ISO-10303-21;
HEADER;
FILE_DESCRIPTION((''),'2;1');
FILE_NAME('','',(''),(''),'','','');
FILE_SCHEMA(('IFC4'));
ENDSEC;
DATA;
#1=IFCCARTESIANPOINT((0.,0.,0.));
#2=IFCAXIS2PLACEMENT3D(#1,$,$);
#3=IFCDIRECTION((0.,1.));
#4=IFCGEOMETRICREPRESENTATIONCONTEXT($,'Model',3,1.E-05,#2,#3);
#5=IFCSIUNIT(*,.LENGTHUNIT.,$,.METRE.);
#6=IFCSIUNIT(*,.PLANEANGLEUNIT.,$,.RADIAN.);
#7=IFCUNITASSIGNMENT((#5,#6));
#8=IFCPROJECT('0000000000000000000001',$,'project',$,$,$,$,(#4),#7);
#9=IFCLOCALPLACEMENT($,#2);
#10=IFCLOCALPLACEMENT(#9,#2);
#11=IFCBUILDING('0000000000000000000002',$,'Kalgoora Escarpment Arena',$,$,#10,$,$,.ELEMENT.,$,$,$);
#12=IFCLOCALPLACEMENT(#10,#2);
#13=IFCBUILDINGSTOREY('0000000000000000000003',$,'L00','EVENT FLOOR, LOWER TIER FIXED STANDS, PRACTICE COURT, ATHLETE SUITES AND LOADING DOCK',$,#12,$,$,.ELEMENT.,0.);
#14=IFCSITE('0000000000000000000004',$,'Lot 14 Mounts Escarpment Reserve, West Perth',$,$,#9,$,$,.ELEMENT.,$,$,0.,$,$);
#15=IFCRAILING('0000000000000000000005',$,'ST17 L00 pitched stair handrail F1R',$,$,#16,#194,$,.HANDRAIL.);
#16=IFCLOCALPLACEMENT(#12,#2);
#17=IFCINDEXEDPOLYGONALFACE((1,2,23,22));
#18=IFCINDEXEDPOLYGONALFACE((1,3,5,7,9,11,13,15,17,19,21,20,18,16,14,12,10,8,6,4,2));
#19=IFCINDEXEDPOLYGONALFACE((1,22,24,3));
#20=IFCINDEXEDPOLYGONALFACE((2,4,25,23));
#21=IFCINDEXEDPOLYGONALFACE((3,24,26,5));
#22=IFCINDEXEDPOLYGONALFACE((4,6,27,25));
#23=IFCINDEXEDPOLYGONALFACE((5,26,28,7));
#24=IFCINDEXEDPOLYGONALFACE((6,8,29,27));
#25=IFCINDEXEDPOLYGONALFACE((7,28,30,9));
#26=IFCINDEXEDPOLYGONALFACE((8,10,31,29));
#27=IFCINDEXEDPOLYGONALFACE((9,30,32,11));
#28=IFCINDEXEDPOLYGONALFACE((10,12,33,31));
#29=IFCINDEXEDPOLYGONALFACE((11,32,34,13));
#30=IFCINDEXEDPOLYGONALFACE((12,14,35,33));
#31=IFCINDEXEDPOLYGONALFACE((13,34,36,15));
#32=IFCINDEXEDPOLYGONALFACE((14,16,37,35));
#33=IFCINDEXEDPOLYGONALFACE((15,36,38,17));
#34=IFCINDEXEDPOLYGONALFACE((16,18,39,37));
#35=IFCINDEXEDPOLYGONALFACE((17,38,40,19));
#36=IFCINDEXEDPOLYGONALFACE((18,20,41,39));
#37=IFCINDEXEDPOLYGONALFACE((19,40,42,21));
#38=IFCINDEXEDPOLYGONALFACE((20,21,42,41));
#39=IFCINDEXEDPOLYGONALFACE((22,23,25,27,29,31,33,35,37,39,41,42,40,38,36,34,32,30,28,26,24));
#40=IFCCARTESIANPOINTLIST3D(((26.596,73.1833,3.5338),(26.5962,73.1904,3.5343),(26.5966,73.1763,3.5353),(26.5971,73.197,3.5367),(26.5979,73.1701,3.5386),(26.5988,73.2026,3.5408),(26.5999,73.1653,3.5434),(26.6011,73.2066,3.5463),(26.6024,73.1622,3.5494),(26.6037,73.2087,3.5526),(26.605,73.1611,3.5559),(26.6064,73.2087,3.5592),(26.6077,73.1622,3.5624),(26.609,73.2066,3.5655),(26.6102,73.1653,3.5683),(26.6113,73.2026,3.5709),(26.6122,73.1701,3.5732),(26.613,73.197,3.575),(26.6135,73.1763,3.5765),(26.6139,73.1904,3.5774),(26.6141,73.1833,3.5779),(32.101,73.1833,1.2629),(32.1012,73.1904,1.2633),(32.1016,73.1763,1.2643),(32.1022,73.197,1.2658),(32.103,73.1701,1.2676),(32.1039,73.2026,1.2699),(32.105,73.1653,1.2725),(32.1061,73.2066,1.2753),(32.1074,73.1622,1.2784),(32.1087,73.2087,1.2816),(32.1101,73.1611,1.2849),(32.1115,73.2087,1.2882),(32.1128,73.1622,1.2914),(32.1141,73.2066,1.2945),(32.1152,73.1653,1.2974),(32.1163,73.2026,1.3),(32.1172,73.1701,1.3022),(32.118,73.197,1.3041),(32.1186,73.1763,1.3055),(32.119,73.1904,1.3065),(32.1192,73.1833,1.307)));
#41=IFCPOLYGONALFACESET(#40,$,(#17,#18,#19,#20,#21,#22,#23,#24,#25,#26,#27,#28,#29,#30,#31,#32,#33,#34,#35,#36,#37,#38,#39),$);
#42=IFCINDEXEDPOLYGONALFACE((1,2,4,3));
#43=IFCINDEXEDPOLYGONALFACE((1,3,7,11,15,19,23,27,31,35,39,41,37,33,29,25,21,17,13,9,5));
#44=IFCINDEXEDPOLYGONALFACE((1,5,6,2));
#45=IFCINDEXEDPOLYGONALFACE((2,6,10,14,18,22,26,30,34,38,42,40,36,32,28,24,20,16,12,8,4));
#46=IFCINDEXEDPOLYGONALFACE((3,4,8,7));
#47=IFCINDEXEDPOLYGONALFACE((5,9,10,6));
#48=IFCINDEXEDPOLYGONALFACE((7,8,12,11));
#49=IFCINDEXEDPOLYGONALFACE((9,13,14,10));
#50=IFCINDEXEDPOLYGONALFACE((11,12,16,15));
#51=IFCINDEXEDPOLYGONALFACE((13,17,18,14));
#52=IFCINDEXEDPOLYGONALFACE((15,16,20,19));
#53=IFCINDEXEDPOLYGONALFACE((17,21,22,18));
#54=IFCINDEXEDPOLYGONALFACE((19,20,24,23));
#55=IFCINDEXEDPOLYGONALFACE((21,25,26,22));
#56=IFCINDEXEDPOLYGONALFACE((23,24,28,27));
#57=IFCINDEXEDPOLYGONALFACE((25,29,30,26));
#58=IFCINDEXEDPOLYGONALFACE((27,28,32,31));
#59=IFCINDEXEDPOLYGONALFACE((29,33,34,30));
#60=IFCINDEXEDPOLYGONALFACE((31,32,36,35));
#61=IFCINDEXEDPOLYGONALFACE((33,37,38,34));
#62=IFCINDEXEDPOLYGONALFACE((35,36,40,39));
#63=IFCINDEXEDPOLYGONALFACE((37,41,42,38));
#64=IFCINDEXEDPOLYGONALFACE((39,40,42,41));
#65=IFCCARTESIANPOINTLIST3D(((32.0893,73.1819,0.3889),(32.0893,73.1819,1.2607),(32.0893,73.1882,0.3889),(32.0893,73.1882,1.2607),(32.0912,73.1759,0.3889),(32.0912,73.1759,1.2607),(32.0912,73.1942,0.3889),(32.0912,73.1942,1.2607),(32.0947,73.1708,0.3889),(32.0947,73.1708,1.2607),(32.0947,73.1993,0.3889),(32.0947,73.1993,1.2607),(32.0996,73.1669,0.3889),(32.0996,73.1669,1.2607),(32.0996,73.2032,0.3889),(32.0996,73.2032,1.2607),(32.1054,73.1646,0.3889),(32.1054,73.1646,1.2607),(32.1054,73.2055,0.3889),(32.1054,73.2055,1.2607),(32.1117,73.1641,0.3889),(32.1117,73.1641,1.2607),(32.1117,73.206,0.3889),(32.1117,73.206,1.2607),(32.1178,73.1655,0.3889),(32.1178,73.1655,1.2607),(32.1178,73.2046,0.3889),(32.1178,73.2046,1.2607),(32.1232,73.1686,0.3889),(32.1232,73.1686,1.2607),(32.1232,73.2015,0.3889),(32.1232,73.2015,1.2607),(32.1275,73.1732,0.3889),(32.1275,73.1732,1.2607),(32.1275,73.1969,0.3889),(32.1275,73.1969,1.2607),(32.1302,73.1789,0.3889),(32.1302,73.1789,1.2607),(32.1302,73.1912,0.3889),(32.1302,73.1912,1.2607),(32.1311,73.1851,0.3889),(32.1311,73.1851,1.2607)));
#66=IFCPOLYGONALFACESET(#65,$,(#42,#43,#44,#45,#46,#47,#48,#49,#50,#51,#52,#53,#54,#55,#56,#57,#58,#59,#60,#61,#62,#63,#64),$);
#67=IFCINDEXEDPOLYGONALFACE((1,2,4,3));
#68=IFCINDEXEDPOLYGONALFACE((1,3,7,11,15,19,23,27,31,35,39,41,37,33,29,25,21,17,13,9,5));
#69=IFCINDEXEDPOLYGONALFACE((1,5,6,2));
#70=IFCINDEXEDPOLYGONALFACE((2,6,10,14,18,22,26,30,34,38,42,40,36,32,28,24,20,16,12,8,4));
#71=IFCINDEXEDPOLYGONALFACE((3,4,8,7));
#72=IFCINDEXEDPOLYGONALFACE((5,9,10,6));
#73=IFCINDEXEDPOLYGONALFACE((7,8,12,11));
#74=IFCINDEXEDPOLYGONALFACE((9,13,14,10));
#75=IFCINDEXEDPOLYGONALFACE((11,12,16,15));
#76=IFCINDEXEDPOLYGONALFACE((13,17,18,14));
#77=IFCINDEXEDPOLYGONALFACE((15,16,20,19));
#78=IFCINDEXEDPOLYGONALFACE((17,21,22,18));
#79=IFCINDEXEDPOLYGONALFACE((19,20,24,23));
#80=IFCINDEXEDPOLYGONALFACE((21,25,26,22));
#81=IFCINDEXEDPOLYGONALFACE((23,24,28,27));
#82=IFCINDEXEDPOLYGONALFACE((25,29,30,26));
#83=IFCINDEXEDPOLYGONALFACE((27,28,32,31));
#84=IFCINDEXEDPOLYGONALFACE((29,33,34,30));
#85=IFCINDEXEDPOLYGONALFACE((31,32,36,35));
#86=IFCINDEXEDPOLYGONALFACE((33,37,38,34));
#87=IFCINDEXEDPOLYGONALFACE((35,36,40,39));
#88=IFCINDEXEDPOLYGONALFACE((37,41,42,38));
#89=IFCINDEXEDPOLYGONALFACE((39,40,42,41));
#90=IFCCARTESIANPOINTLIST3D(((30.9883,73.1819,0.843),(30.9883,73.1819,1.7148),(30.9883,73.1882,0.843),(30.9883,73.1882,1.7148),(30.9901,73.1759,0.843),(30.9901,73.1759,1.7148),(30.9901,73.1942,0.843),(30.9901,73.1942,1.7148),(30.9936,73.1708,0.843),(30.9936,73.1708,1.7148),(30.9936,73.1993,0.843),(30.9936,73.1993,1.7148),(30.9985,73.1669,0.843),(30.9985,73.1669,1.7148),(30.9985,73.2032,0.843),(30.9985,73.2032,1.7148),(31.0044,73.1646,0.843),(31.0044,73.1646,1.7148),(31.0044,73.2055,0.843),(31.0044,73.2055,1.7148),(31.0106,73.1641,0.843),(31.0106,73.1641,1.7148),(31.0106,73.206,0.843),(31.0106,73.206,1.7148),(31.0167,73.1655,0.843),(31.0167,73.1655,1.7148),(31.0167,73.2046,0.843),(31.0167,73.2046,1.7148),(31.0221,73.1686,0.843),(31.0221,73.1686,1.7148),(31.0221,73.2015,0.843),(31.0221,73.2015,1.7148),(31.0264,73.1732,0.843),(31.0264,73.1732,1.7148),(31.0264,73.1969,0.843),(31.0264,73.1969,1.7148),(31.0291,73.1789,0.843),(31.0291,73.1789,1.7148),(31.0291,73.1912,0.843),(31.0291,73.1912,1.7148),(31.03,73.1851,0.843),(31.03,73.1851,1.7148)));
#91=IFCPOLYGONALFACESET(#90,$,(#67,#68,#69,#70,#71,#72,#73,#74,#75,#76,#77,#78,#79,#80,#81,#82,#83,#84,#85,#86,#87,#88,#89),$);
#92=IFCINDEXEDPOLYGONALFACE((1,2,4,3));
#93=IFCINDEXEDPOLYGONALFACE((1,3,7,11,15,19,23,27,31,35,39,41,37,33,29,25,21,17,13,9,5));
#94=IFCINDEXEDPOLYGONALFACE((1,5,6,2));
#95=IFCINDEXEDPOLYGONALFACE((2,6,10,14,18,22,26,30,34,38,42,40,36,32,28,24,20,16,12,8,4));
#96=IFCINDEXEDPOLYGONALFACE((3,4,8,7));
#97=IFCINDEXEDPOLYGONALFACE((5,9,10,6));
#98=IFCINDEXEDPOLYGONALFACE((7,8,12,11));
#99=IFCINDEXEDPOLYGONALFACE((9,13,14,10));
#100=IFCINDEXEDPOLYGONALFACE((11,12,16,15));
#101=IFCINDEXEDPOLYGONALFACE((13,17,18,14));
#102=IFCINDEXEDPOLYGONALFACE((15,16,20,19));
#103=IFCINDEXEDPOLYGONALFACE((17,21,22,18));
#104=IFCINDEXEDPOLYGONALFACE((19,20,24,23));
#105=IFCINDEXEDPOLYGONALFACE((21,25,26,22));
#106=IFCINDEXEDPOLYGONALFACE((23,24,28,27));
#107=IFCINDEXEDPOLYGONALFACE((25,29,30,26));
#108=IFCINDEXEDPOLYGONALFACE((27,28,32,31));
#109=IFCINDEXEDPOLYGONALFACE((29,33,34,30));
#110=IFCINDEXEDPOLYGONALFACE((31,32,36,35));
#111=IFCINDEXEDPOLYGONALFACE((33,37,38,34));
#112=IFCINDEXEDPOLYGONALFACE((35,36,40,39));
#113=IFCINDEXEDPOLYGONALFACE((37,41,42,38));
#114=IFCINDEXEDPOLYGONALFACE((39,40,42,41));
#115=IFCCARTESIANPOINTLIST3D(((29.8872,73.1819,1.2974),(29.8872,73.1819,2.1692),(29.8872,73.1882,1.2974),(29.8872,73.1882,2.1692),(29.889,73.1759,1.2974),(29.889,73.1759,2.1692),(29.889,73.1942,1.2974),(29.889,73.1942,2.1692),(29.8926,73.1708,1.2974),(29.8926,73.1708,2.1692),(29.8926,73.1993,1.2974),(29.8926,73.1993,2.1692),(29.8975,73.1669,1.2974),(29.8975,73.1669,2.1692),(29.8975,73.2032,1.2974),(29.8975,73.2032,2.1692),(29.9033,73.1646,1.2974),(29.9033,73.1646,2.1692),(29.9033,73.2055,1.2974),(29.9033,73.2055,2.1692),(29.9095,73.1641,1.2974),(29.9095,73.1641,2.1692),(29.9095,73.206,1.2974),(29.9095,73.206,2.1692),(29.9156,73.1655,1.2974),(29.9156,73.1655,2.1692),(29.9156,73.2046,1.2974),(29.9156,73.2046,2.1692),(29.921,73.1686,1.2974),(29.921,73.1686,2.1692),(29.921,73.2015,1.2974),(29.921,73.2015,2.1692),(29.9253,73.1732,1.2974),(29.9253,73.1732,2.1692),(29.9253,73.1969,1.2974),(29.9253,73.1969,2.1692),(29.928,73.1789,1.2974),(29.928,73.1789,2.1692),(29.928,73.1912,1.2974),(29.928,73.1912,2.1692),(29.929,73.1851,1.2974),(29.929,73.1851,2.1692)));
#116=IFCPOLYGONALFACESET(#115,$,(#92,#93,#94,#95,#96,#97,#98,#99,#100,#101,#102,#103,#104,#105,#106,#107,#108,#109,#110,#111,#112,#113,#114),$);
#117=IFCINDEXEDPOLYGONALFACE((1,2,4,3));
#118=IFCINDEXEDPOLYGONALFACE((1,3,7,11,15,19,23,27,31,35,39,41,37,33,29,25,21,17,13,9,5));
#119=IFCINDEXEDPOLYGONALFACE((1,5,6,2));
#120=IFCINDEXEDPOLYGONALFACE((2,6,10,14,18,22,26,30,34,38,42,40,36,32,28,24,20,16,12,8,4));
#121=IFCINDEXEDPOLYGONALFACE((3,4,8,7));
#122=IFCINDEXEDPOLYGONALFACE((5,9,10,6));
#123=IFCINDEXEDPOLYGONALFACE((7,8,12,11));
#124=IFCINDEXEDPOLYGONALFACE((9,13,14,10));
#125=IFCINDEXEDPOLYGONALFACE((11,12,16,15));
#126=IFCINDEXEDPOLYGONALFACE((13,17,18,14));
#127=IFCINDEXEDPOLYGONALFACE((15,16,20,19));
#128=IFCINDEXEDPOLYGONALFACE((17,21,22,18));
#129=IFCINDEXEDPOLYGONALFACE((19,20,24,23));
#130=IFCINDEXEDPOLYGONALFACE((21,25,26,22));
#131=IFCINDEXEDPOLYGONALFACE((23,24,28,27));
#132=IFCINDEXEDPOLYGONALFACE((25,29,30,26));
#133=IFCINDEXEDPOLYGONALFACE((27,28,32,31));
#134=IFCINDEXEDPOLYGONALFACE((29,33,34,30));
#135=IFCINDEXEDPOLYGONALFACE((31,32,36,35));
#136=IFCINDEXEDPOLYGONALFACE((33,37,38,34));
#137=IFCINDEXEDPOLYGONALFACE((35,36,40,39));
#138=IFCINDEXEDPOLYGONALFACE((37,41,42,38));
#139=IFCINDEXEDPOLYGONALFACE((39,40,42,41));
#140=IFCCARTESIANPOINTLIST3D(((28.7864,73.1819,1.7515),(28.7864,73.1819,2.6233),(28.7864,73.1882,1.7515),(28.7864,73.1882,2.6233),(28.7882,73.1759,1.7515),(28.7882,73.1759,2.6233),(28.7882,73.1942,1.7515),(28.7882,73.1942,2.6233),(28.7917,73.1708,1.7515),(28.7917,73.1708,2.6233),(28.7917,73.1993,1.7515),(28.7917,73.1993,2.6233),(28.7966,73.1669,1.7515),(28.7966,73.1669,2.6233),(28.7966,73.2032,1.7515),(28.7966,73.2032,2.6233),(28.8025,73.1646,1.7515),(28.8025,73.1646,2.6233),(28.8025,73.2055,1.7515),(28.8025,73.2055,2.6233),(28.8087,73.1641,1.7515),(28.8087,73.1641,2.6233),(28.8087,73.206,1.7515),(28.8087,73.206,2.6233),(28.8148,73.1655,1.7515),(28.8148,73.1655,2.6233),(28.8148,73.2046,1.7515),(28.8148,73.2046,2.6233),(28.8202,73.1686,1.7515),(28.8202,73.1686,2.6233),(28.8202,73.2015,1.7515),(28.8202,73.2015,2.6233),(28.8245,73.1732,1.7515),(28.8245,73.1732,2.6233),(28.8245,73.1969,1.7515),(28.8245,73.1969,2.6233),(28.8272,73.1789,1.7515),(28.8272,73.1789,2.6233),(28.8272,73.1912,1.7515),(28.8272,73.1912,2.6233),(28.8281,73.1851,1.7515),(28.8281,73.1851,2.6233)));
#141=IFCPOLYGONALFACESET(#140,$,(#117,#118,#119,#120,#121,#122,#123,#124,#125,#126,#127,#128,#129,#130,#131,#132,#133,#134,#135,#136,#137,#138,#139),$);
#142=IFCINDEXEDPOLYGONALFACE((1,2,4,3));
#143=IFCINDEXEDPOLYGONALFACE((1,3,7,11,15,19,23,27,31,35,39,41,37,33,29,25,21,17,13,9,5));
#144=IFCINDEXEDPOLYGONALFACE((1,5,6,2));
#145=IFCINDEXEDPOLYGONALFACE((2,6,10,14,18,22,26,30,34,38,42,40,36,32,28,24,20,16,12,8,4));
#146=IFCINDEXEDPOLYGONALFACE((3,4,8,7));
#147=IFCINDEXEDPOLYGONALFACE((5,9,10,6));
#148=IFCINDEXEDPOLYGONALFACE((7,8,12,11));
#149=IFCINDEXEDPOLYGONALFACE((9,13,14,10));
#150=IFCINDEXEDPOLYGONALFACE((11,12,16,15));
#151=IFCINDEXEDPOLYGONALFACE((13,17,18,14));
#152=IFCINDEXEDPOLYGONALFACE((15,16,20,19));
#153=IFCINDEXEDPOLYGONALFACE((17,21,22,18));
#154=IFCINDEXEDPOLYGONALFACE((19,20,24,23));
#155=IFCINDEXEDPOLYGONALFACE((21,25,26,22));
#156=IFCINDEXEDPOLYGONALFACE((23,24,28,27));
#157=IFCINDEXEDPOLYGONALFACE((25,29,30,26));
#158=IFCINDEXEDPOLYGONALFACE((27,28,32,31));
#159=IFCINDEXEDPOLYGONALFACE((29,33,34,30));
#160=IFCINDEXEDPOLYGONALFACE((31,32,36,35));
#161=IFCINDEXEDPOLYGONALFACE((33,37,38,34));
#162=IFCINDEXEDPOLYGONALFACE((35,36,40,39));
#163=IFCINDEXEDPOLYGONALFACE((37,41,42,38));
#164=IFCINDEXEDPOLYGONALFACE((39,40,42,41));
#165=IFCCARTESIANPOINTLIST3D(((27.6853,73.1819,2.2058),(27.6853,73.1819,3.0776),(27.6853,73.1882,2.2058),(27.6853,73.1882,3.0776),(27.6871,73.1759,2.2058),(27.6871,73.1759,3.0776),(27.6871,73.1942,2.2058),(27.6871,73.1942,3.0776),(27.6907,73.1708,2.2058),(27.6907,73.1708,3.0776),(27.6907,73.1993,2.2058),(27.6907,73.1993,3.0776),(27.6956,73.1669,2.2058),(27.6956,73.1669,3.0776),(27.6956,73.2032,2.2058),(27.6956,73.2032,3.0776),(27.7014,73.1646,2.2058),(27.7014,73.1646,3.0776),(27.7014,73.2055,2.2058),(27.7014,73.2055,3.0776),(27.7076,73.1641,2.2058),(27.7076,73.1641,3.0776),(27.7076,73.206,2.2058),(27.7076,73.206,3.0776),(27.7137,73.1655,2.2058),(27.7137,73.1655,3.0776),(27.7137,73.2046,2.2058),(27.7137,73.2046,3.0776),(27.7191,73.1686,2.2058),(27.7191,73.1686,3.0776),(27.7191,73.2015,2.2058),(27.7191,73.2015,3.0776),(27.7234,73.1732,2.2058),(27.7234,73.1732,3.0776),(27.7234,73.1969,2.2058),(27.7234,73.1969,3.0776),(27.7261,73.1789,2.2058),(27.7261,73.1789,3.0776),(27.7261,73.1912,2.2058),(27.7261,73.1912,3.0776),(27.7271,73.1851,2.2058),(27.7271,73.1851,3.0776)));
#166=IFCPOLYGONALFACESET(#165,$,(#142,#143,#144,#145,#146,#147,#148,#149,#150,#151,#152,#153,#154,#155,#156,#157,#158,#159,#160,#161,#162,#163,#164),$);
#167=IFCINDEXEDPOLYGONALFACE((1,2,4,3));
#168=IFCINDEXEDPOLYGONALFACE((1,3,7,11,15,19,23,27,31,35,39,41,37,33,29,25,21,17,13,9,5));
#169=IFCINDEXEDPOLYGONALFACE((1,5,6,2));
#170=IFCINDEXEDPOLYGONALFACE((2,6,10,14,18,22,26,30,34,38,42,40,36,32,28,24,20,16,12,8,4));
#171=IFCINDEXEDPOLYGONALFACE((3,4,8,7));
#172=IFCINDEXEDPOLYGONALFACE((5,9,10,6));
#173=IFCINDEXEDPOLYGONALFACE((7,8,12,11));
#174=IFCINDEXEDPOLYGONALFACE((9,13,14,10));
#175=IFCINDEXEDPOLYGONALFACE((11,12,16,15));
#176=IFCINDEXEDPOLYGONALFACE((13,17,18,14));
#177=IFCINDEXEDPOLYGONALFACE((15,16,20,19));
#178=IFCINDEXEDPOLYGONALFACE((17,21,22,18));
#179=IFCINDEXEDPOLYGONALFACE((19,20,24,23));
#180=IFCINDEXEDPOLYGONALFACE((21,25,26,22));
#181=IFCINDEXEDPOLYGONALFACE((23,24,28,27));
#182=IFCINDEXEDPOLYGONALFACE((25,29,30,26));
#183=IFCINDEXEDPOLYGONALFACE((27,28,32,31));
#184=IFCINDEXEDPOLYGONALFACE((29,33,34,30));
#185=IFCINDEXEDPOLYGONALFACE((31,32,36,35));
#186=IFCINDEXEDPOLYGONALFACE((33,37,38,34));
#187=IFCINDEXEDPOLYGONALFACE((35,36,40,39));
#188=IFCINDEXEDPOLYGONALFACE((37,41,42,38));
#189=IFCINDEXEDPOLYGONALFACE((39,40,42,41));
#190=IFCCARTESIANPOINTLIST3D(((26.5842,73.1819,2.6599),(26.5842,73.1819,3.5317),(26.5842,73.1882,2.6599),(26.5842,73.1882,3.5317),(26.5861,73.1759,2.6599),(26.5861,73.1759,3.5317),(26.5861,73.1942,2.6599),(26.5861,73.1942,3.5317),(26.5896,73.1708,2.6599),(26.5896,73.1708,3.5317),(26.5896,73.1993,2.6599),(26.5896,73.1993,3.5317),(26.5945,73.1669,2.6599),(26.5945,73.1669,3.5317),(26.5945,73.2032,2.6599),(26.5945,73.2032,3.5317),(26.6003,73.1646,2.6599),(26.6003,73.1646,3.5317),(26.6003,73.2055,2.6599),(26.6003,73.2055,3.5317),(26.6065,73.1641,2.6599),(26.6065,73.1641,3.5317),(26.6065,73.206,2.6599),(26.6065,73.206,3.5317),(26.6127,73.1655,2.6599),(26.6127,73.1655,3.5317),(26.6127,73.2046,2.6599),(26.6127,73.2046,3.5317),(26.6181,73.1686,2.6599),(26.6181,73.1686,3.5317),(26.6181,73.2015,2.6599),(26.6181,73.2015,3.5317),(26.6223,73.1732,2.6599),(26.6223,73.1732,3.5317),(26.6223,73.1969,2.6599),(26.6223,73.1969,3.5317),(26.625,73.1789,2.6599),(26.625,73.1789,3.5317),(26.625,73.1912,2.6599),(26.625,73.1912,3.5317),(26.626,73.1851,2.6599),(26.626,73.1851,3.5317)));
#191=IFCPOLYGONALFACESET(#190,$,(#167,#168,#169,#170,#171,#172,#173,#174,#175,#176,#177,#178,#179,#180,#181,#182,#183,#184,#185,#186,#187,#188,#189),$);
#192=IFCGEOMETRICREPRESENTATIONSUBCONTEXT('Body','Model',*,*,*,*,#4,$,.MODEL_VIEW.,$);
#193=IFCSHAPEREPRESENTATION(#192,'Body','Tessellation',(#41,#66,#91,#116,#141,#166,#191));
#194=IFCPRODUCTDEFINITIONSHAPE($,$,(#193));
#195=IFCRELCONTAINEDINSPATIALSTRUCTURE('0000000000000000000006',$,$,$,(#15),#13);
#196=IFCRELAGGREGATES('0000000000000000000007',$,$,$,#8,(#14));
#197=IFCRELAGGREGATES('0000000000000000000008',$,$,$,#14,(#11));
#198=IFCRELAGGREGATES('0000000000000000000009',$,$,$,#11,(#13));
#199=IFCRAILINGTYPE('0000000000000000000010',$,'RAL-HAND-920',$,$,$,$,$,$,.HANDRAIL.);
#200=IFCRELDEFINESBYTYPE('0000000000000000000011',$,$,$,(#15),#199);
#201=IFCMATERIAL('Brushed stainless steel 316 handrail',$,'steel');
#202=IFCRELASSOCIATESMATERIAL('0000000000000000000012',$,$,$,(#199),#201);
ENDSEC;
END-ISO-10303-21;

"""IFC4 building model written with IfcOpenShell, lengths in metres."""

from ifc_helpers import new_model, si_unit, direction, frame, origin, origin_2d, place, context, subcontext, project, spatial, circle, extrude, material, type_object, element, save


model = new_model("IFC4")

# Units and contexts
model_context = context("Model", 3, precision=1e-05, world=origin(), true_north=direction((0.0, 1.0)))
body_context = subcontext(model_context, "Body", "Model", "MODEL_VIEW")
ifc_project = project(units=[si_unit("LENGTHUNIT", "METRE"), si_unit("PLANEANGLEUNIT", "RADIAN")], contexts=[model_context])

# Site, building, storey
site_placement = place(None, origin())
site = spatial("IfcSite", under=ifc_project, at=site_placement, Name="Lot 14 Mounts Escarpment Reserve, West Perth", CompositionType="ELEMENT", RefElevation=0.0)
building_placement = place(site_placement, origin())
building = spatial("IfcBuilding", under=site, at=building_placement, Name="Kalgoora Escarpment Arena", CompositionType="ELEMENT")
storey_placement = place(building_placement, origin())
storey = spatial("IfcBuildingStorey", under=building, at=storey_placement, Name="L00", Description="EVENT FLOOR, LOWER TIER FIXED STANDS, PRACTICE COURT, ATHLETE SUITES AND LOADING DOCK", CompositionType="ELEMENT", Elevation=0.0)

# Railing
ifc_material_1 = material(Name="Brushed stainless steel 316 handrail", Category="steel")
railing_type_1 = type_object("IfcRailingType", Name="RAL-HAND-920", PredefinedType="HANDRAIL", material=ifc_material_1)
for number, where, name in (
    (1, (32.1101, 73.1851, 0.3889), "ST17 L00 pitched stair handrail F1R"),
):
    element("IfcRailing", number, at=place(storey_placement, frame(where)), inside=storey, type_object=railing_type_1, Name=name, PredefinedType="HANDRAIL", context=body_context, shape_type="SweptSolid", body=[
        extrude(circle(Radius=0.0239, at=origin_2d()), frame((0.0, 0.0, 0.896), z_axis=(-0.924431, 0.0, 0.38135), x_axis=(0.0, -1.0, 0.0)), (0.0, 0.0, 1.0), 5.9551),
        extrude(circle(Radius=0.021, at=origin_2d()), origin(), (0.0, 0.0, 1.0), 0.8718),
        extrude(circle(Radius=0.021, at=origin_2d()), frame((-1.1011, 0.0, 0.4541)), (0.0, 0.0, 1.0), 0.8718),
        extrude(circle(Radius=0.021, at=origin_2d()), frame((-2.2021, 0.0, 0.9084)), (0.0, 0.0, 1.0), 0.8718),
        extrude(circle(Radius=0.021, at=origin_2d()), frame((-3.303, 0.0, 1.3625)), (0.0, 0.0, 1.0), 0.8718),
        extrude(circle(Radius=0.021, at=origin_2d()), frame((-4.4041, 0.0, 1.8169)), (0.0, 0.0, 1.0), 0.8718),
        extrude(circle(Radius=0.021, at=origin_2d()), frame((-5.5051, 0.0, 2.271)), (0.0, 0.0, 1.0), 0.8718),
    ])

save(model, "model.ifc")
